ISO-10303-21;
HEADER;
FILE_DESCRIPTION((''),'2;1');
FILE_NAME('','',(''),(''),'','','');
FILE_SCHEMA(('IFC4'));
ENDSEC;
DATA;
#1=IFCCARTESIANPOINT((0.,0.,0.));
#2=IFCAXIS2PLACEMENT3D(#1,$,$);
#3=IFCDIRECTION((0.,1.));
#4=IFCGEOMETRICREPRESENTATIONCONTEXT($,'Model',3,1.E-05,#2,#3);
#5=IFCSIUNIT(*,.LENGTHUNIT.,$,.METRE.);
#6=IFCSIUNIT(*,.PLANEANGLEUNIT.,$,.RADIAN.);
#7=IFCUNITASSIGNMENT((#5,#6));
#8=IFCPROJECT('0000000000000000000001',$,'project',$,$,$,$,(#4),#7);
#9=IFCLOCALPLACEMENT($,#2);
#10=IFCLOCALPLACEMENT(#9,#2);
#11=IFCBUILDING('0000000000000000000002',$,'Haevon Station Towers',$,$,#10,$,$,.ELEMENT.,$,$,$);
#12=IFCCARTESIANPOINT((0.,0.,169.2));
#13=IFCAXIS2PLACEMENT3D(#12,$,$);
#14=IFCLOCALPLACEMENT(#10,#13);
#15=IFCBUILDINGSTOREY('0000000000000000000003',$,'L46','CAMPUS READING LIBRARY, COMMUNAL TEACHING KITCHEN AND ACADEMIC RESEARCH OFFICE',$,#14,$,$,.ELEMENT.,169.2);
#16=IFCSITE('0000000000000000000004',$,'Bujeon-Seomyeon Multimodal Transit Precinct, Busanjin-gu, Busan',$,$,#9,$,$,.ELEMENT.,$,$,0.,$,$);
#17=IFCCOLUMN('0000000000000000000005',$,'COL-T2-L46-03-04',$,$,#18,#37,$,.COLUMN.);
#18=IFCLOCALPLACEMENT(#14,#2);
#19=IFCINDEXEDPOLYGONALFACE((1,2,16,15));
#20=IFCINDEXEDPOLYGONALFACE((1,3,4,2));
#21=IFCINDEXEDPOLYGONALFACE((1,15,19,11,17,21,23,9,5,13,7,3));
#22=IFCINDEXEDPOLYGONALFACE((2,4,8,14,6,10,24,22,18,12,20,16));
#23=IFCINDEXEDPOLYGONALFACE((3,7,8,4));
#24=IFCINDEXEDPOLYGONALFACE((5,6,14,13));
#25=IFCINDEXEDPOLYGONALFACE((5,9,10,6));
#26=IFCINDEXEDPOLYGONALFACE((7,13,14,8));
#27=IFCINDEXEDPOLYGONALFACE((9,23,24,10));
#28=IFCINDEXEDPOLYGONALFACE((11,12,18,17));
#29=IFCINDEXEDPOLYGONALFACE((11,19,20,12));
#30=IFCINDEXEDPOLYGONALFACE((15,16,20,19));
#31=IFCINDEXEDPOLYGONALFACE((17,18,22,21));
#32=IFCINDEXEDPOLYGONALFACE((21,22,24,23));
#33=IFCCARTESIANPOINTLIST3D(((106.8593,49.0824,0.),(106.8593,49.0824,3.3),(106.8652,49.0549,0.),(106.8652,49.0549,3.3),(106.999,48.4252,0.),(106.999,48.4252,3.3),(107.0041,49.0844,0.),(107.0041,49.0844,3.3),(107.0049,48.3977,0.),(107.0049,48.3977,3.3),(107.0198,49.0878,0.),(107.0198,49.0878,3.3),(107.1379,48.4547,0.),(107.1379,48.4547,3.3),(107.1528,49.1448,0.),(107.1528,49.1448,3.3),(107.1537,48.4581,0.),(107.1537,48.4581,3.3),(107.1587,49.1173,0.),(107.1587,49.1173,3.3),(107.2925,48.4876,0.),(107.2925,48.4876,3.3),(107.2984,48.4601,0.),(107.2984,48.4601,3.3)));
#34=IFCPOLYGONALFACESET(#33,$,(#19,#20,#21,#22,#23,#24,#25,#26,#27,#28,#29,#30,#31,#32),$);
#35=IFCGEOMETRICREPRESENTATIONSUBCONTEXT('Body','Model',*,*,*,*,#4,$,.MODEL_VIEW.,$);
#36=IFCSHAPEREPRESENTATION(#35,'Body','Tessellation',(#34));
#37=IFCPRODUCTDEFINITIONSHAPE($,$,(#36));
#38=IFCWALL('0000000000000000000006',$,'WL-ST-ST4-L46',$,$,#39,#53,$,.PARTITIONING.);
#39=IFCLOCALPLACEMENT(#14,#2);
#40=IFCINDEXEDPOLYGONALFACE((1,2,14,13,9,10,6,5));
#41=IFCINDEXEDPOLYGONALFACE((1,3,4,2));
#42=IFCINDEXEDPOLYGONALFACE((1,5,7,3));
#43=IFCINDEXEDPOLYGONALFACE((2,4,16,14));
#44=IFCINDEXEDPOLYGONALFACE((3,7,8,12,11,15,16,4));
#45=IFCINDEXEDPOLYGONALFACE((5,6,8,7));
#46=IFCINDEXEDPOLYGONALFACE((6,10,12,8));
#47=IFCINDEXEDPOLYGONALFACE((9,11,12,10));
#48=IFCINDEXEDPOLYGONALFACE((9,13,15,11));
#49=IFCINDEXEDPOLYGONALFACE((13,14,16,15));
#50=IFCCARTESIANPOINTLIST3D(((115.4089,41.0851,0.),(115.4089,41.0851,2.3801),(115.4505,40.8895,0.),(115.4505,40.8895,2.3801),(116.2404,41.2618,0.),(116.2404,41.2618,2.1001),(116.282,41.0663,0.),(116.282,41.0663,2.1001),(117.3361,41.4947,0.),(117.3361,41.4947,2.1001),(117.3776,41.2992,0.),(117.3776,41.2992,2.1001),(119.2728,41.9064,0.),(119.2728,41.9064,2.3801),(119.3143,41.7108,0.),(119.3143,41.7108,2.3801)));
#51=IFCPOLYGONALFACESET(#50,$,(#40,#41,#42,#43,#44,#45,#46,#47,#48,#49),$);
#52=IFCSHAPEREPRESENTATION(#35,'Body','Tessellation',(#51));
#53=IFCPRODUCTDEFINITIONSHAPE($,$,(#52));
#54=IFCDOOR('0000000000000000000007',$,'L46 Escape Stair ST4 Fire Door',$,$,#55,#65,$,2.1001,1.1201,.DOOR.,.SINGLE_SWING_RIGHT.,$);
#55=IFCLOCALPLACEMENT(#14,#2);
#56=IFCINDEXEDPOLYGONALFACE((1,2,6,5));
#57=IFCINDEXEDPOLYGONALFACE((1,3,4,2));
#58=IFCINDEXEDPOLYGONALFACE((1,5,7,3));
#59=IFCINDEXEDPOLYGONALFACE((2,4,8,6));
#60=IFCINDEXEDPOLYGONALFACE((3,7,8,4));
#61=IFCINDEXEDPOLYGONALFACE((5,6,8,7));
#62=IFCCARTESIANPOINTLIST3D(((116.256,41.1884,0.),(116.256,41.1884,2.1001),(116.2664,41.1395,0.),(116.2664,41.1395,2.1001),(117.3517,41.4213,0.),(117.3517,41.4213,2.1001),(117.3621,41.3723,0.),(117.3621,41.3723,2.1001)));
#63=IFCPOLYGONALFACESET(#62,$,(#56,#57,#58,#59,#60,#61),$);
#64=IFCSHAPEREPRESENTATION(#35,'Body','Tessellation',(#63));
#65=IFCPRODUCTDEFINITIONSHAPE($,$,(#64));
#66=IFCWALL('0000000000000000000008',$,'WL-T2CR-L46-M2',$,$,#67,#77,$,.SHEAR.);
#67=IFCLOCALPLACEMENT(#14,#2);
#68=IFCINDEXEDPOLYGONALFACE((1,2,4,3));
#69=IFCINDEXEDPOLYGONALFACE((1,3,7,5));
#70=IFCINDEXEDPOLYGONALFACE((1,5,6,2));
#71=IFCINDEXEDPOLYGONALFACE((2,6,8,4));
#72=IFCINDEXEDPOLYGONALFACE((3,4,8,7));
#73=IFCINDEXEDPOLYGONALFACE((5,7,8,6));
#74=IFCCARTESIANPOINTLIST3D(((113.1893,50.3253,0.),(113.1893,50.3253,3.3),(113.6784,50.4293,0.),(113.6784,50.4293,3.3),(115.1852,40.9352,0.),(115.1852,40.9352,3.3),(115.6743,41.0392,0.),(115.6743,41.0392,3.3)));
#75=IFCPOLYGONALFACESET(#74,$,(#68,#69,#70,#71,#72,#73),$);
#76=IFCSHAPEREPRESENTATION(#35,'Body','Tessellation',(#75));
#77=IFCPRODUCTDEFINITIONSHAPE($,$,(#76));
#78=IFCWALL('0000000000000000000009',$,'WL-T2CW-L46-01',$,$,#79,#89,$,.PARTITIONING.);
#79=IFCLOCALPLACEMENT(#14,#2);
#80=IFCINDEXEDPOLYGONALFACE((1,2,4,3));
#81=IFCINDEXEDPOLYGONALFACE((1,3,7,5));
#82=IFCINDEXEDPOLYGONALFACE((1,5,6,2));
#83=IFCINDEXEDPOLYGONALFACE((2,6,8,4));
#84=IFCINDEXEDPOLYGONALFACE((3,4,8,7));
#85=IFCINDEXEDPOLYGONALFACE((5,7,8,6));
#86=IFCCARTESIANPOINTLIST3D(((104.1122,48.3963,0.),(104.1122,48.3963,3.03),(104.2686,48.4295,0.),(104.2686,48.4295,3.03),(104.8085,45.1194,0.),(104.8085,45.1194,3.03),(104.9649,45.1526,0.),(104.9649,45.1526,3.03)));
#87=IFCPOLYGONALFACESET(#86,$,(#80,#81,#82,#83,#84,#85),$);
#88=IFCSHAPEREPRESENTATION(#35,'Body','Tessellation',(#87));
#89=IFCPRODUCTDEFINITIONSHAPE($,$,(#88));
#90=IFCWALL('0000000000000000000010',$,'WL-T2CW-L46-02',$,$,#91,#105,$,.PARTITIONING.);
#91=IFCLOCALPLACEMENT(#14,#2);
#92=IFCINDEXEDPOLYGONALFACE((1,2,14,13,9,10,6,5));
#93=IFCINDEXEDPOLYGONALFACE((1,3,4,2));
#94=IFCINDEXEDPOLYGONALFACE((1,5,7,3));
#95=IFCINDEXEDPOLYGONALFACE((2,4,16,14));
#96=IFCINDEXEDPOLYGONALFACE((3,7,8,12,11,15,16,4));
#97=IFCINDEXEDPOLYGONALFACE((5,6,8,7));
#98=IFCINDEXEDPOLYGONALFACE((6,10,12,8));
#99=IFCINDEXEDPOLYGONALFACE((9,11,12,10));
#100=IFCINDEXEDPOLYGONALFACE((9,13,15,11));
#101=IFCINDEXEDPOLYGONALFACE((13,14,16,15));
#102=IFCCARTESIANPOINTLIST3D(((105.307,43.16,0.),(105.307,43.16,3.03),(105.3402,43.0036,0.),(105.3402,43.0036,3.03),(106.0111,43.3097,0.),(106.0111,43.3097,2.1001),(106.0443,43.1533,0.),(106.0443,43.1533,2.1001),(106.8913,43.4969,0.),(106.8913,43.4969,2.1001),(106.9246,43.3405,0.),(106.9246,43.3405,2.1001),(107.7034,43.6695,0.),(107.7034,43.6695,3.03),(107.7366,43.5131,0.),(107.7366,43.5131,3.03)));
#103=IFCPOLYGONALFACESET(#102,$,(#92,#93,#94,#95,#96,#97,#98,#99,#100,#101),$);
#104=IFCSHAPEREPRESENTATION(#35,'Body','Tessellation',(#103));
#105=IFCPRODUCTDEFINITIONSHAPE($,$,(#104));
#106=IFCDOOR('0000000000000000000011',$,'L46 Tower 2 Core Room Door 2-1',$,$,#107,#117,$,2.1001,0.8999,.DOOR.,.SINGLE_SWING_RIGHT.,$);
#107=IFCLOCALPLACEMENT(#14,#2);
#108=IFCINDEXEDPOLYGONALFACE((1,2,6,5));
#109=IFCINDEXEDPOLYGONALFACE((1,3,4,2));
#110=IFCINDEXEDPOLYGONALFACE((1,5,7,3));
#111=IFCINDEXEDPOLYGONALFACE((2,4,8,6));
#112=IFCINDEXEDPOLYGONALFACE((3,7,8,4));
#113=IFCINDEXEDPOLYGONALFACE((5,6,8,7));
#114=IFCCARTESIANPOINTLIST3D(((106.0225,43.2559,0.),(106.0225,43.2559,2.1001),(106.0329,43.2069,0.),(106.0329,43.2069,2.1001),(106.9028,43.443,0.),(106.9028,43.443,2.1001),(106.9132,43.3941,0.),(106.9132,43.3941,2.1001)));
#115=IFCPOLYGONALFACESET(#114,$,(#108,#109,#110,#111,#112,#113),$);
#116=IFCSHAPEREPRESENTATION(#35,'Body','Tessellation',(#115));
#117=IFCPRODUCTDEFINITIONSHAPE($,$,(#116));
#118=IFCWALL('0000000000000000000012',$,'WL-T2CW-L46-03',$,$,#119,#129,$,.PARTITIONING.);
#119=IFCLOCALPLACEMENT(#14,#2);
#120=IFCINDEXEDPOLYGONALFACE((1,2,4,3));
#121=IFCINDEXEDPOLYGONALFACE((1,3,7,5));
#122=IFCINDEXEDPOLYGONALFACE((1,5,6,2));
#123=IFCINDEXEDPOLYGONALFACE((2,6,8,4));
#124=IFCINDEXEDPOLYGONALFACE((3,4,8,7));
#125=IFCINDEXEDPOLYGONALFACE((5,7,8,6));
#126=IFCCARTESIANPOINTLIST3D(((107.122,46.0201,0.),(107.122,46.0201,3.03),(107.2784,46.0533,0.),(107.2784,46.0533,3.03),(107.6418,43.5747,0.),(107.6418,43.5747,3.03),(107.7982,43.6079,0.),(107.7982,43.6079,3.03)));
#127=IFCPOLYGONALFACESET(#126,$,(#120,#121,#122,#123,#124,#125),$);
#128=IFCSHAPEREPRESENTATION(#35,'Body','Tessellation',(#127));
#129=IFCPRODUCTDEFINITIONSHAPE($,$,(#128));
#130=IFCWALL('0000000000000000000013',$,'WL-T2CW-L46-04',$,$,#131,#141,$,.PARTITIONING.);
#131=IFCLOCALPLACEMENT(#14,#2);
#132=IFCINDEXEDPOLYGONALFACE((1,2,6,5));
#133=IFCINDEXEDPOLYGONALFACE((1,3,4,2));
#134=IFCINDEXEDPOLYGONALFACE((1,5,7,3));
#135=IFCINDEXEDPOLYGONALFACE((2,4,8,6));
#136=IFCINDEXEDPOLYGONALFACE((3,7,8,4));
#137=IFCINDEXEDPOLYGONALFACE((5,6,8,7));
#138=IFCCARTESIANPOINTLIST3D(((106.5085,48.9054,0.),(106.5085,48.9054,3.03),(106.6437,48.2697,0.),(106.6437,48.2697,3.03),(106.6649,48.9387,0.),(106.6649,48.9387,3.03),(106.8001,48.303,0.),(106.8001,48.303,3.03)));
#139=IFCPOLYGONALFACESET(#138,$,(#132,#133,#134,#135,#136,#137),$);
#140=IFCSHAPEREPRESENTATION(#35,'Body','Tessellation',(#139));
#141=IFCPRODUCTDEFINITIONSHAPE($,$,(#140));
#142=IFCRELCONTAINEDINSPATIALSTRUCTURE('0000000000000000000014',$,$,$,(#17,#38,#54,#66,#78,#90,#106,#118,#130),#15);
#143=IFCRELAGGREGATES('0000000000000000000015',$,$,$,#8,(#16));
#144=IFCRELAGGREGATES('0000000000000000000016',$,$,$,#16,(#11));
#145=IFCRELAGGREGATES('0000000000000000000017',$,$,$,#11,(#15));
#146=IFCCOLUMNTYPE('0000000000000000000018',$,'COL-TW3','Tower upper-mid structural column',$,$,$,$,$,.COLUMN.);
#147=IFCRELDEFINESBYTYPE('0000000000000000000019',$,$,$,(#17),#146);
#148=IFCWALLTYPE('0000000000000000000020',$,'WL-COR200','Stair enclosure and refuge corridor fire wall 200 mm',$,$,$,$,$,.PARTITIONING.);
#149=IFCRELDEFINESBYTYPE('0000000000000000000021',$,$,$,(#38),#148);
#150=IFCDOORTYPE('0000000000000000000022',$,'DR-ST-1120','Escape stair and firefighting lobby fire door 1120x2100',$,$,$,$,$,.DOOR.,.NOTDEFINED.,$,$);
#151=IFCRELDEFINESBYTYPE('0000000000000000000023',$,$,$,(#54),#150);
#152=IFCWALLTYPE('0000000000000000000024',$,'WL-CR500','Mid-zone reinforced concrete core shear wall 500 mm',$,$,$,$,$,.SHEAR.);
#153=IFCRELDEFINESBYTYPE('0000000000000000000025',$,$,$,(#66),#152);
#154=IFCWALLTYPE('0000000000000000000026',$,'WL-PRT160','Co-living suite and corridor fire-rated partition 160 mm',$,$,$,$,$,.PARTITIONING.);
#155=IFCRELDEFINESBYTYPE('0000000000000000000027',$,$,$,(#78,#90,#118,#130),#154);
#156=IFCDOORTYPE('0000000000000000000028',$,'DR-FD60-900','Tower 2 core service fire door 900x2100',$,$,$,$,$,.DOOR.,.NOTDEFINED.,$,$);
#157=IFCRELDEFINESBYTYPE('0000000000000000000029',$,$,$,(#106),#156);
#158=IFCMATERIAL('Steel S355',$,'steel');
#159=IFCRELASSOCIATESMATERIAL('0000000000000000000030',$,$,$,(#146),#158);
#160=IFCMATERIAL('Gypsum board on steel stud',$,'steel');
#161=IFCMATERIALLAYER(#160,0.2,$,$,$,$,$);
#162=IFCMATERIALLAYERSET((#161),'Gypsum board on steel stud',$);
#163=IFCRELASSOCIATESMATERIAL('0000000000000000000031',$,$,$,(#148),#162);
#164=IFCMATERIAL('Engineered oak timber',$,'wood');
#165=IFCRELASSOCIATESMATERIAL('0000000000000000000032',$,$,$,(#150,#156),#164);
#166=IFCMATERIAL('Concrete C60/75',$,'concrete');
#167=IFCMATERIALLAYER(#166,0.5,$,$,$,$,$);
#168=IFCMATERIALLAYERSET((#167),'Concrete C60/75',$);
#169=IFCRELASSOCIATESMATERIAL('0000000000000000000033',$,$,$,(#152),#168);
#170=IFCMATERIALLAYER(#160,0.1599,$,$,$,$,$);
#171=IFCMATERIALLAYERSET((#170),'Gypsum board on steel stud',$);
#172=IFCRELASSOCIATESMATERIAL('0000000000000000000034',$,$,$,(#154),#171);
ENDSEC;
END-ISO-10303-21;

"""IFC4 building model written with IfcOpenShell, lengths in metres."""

from ifc_helpers import new_model, si_unit, direction, frame, frame_2d, origin, origin_2d, place, context, subcontext, project, spatial, rectangle, i_section, extrude, material, layer, layer_set, material_profile, profile_set, type_object, element, fill, save


model = new_model("IFC4")

# Units and contexts
model_context = context("Model", 3, precision=1e-05, world=origin(), true_north=direction((0.0, 1.0)))
body_context = subcontext(model_context, "Body", "Model", "MODEL_VIEW")
ifc_project = project(units=[si_unit("LENGTHUNIT", "METRE"), si_unit("PLANEANGLEUNIT", "RADIAN")], contexts=[model_context])

# Site, building, storey
site_placement = place(None, origin())
site = spatial("IfcSite", under=ifc_project, at=site_placement, Name="Bujeon-Seomyeon Multimodal Transit Precinct, Busanjin-gu, Busan", CompositionType="ELEMENT", RefElevation=0.0)
building_placement = place(site_placement, origin())
building = spatial("IfcBuilding", under=site, at=building_placement, Name="Haevon Station Towers", CompositionType="ELEMENT")
storey_placement = place(building_placement, frame((0.0, 0.0, 169.2)))
storey = spatial("IfcBuildingStorey", under=building, at=storey_placement, Name="L46", Description="CAMPUS READING LIBRARY, COMMUNAL TEACHING KITCHEN AND ACADEMIC RESEARCH OFFICE", CompositionType="ELEMENT", Elevation=169.2)

# Column
ifc_material_1 = material(Name="Steel S355", Category="steel")
ifc_material_profile = material_profile(ifc_material_1, i_section(OverallWidth=0.3, OverallDepth=0.7, WebThickness=0.0161, FlangeThickness=0.0281, at=origin_2d()), Name="H-700x300x16x28")
ifc_profile_set = profile_set([ifc_material_profile], Name="Steel S355")
column_type = type_object("IfcColumnType", Name="COL-TW3", Description="Tower upper-mid structural column", PredefinedType="COLUMN", material=ifc_profile_set)
column_placement = place(storey_placement, frame((107.0789, 48.7712, 0.0), z_axis=(0.0, 0.0, 1.0), x_axis=(0.978148, 0.207912, 0.0)))
element("IfcColumn", 1, at=column_placement, inside=storey, type_object=column_type, Name="COL-T2-L46-03-04", PredefinedType="COLUMN", context=body_context, shape_type="SweptSolid", body=[
    extrude(i_section(OverallWidth=0.3, OverallDepth=0.7, WebThickness=0.0161, FlangeThickness=0.0281, at=origin_2d()), origin(), (0.0, 0.0, 1.0), 3.3),
])

# Wall, opening, door
ifc_material_2 = material(Name="Gypsum board on steel stud", Category="steel")
ifc_layer_1 = layer(ifc_material_2, 0.2)
ifc_layer_set_1 = layer_set([ifc_layer_1], Name="Gypsum board on steel stud")
wall_type_1 = type_object("IfcWallType", Name="WL-COR200", Description="Stair enclosure and refuge corridor fire wall 200 mm", PredefinedType="PARTITIONING", material=ifc_layer_set_1)
wall_1_placement = place(storey_placement, frame((115.4297, 40.9873, 0.0), z_axis=(0.0, 0.0, 1.0), x_axis=(0.978147, 0.207916, 0.0)))
wall_1 = element("IfcWall", 2, at=wall_1_placement, inside=storey, type_object=wall_type_1, Name="WL-ST-ST4-L46", PredefinedType="PARTITIONING", context=body_context, shape_type="SweptSolid", body=[
    extrude(rectangle(XDim=3.9502, YDim=0.2, at=frame_2d((1.9751, 0.0))), origin(), (0.0, 0.0, 1.0), 2.3801),
])
opening_1_placement = place(wall_1_placement, frame((0.8501, 0.0, 0.0)))
opening_1 = element("IfcOpeningElement", 3, at=opening_1_placement, cuts=wall_1, PredefinedType="OPENING", context=body_context, shape_type="SweptSolid", body=[
    extrude(rectangle(XDim=1.1201, YDim=2.1001, at=frame_2d((0.5601, 1.05))), frame((0.0, 0.1099, 0.0), z_axis=(0.0, -1.0, 0.0), x_axis=(1.0, 0.0, 0.0)), (0.0, 0.0, 1.0), 0.22),
])
ifc_material_3 = material(Name="Engineered oak timber", Category="wood")
door_type_1 = type_object("IfcDoorType", Name="DR-ST-1120", Description="Escape stair and firefighting lobby fire door 1120x2100", OperationType="NOTDEFINED", PredefinedType="DOOR", material=ifc_material_3)
door_1_placement = place(opening_1_placement, origin())
door_1 = element("IfcDoor", 4, at=door_1_placement, inside=storey, type_object=door_type_1, Name="L46 Escape Stair ST4 Fire Door", OperationType="SINGLE_SWING_RIGHT", OverallHeight=2.1001, OverallWidth=1.1201, PredefinedType="DOOR", context=body_context, shape_type="SweptSolid", body=[
    extrude(rectangle(XDim=1.1201, YDim=2.1001, at=frame_2d((0.5601, 1.05))), frame((0.0, 0.0249, 0.0), z_axis=(0.0, -1.0, 0.0), x_axis=(1.0, 0.0, 0.0)), (0.0, 0.0, 1.0), 0.05),
])
fill(opening_1, door_1)

# Walls
ifc_material_4 = material(Name="Concrete C60/75", Category="concrete")
ifc_layer_2 = layer(ifc_material_4, 0.5)
ifc_layer_set_2 = layer_set([ifc_layer_2], Name="Concrete C60/75")
wall_type_2 = type_object("IfcWallType", Name="WL-CR500", Description="Mid-zone reinforced concrete core shear wall 500 mm", PredefinedType="SHEAR", material=ifc_layer_set_2)
wall_2_placement = place(storey_placement, frame((115.4297, 40.9873, 0.0), z_axis=(0.0, 0.0, 1.0), x_axis=(-0.207903, 0.978149, 0.0)))
element("IfcWall", 5, at=wall_2_placement, inside=storey, type_object=wall_type_2, Name="WL-T2CR-L46-M2", PredefinedType="SHEAR", context=body_context, shape_type="SweptSolid", body=[
    extrude(rectangle(XDim=9.5999, YDim=0.5, at=frame_2d((4.7998, 0.0))), origin(), (0.0, 0.0, 1.0), 3.3),
])
ifc_layer_3 = layer(ifc_material_2, 0.1599)
ifc_layer_set_3 = layer_set([ifc_layer_3], Name="Gypsum board on steel stud")
wall_type_3 = type_object("IfcWallType", Name="WL-PRT160", Description="Co-living suite and corridor fire-rated partition 160 mm", PredefinedType="PARTITIONING", material=ifc_layer_set_3)
wall_3_placement = place(storey_placement, frame((104.8867, 45.136, 0.0), z_axis=(0.0, 0.0, 1.0), x_axis=(-0.207847, 0.978161, 0.0)))
element("IfcWall", 6, at=wall_3_placement, inside=storey, type_object=wall_type_3, Name="WL-T2CW-L46-01", PredefinedType="PARTITIONING", context=body_context, shape_type="SweptSolid", body=[
    extrude(rectangle(XDim=3.3501, YDim=0.1599, at=frame_2d((1.675, 0.0))), origin(), (0.0, 0.0, 1.0), 3.03),
])

# Wall, opening, door
wall_4_placement = place(storey_placement, frame((105.3235, 43.0818, 0.0), z_axis=(0.0, 0.0, 1.0), x_axis=(0.978137, 0.207964, 0.0)))
wall_4 = element("IfcWall", 7, at=wall_4_placement, inside=storey, type_object=wall_type_3, Name="WL-T2CW-L46-02", PredefinedType="PARTITIONING", context=body_context, shape_type="SweptSolid", body=[
    extrude(rectangle(XDim=2.45, YDim=0.1599, at=frame_2d((1.2251, 0.0))), origin(), (0.0, 0.0, 1.0), 3.03),
])
opening_2_placement = place(wall_4_placement, frame((0.72, 0.0, 0.0)))
opening_2 = element("IfcOpeningElement", 8, at=opening_2_placement, cuts=wall_4, PredefinedType="OPENING", context=body_context, shape_type="SweptSolid", body=[
    extrude(rectangle(XDim=0.8999, YDim=2.1001, at=frame_2d((0.45, 1.05))), frame((0.0, 0.0898, 0.0), z_axis=(0.0, -1.0, 0.0), x_axis=(1.0, 0.0, 0.0)), (0.0, 0.0, 1.0), 0.1799),
])
door_type_2 = type_object("IfcDoorType", Name="DR-FD60-900", Description="Tower 2 core service fire door 900x2100", OperationType="NOTDEFINED", PredefinedType="DOOR", material=ifc_material_3)
door_2_placement = place(opening_2_placement, origin())
door_2 = element("IfcDoor", 9, at=door_2_placement, inside=storey, type_object=door_type_2, Name="L46 Tower 2 Core Room Door 2-1", OperationType="SINGLE_SWING_RIGHT", OverallHeight=2.1001, OverallWidth=0.8999, PredefinedType="DOOR", context=body_context, shape_type="SweptSolid", body=[
    extrude(rectangle(XDim=0.8999, YDim=2.1001, at=frame_2d((0.45, 1.05))), frame((0.0, 0.0249, 0.0), z_axis=(0.0, -1.0, 0.0), x_axis=(1.0, 0.0, 0.0)), (0.0, 0.0, 1.0), 0.05),
])
fill(opening_2, door_2)

# Walls
wall_5_placement = place(storey_placement, frame((107.72, 43.5913, 0.0), z_axis=(0.0, 0.0, 1.0), x_axis=(-0.207915, 0.978147, 0.0)))
element("IfcWall", 10, at=wall_5_placement, inside=storey, type_object=wall_type_3, Name="WL-T2CW-L46-03", PredefinedType="PARTITIONING", context=body_context, shape_type="SweptSolid", body=[
    extrude(rectangle(XDim=2.5, YDim=0.1599, at=frame_2d((1.25, 0.0))), origin(), (0.0, 0.0, 1.0), 3.03),
])
wall_6_placement = place(storey_placement, frame((106.7219, 48.2864, 0.0), z_axis=(0.0, 0.0, 1.0), x_axis=(-0.208092, 0.978109, 0.0)))
element("IfcWall", 11, at=wall_6_placement, inside=storey, type_object=wall_type_3, Name="WL-T2CW-L46-04", PredefinedType="PARTITIONING", context=body_context, shape_type="SweptSolid", body=[
    extrude(rectangle(XDim=0.6499, YDim=0.1599, at=frame_2d((0.325, 0.0))), origin(), (0.0, 0.0, 1.0), 3.03),
])

save(model, "model.ifc")
